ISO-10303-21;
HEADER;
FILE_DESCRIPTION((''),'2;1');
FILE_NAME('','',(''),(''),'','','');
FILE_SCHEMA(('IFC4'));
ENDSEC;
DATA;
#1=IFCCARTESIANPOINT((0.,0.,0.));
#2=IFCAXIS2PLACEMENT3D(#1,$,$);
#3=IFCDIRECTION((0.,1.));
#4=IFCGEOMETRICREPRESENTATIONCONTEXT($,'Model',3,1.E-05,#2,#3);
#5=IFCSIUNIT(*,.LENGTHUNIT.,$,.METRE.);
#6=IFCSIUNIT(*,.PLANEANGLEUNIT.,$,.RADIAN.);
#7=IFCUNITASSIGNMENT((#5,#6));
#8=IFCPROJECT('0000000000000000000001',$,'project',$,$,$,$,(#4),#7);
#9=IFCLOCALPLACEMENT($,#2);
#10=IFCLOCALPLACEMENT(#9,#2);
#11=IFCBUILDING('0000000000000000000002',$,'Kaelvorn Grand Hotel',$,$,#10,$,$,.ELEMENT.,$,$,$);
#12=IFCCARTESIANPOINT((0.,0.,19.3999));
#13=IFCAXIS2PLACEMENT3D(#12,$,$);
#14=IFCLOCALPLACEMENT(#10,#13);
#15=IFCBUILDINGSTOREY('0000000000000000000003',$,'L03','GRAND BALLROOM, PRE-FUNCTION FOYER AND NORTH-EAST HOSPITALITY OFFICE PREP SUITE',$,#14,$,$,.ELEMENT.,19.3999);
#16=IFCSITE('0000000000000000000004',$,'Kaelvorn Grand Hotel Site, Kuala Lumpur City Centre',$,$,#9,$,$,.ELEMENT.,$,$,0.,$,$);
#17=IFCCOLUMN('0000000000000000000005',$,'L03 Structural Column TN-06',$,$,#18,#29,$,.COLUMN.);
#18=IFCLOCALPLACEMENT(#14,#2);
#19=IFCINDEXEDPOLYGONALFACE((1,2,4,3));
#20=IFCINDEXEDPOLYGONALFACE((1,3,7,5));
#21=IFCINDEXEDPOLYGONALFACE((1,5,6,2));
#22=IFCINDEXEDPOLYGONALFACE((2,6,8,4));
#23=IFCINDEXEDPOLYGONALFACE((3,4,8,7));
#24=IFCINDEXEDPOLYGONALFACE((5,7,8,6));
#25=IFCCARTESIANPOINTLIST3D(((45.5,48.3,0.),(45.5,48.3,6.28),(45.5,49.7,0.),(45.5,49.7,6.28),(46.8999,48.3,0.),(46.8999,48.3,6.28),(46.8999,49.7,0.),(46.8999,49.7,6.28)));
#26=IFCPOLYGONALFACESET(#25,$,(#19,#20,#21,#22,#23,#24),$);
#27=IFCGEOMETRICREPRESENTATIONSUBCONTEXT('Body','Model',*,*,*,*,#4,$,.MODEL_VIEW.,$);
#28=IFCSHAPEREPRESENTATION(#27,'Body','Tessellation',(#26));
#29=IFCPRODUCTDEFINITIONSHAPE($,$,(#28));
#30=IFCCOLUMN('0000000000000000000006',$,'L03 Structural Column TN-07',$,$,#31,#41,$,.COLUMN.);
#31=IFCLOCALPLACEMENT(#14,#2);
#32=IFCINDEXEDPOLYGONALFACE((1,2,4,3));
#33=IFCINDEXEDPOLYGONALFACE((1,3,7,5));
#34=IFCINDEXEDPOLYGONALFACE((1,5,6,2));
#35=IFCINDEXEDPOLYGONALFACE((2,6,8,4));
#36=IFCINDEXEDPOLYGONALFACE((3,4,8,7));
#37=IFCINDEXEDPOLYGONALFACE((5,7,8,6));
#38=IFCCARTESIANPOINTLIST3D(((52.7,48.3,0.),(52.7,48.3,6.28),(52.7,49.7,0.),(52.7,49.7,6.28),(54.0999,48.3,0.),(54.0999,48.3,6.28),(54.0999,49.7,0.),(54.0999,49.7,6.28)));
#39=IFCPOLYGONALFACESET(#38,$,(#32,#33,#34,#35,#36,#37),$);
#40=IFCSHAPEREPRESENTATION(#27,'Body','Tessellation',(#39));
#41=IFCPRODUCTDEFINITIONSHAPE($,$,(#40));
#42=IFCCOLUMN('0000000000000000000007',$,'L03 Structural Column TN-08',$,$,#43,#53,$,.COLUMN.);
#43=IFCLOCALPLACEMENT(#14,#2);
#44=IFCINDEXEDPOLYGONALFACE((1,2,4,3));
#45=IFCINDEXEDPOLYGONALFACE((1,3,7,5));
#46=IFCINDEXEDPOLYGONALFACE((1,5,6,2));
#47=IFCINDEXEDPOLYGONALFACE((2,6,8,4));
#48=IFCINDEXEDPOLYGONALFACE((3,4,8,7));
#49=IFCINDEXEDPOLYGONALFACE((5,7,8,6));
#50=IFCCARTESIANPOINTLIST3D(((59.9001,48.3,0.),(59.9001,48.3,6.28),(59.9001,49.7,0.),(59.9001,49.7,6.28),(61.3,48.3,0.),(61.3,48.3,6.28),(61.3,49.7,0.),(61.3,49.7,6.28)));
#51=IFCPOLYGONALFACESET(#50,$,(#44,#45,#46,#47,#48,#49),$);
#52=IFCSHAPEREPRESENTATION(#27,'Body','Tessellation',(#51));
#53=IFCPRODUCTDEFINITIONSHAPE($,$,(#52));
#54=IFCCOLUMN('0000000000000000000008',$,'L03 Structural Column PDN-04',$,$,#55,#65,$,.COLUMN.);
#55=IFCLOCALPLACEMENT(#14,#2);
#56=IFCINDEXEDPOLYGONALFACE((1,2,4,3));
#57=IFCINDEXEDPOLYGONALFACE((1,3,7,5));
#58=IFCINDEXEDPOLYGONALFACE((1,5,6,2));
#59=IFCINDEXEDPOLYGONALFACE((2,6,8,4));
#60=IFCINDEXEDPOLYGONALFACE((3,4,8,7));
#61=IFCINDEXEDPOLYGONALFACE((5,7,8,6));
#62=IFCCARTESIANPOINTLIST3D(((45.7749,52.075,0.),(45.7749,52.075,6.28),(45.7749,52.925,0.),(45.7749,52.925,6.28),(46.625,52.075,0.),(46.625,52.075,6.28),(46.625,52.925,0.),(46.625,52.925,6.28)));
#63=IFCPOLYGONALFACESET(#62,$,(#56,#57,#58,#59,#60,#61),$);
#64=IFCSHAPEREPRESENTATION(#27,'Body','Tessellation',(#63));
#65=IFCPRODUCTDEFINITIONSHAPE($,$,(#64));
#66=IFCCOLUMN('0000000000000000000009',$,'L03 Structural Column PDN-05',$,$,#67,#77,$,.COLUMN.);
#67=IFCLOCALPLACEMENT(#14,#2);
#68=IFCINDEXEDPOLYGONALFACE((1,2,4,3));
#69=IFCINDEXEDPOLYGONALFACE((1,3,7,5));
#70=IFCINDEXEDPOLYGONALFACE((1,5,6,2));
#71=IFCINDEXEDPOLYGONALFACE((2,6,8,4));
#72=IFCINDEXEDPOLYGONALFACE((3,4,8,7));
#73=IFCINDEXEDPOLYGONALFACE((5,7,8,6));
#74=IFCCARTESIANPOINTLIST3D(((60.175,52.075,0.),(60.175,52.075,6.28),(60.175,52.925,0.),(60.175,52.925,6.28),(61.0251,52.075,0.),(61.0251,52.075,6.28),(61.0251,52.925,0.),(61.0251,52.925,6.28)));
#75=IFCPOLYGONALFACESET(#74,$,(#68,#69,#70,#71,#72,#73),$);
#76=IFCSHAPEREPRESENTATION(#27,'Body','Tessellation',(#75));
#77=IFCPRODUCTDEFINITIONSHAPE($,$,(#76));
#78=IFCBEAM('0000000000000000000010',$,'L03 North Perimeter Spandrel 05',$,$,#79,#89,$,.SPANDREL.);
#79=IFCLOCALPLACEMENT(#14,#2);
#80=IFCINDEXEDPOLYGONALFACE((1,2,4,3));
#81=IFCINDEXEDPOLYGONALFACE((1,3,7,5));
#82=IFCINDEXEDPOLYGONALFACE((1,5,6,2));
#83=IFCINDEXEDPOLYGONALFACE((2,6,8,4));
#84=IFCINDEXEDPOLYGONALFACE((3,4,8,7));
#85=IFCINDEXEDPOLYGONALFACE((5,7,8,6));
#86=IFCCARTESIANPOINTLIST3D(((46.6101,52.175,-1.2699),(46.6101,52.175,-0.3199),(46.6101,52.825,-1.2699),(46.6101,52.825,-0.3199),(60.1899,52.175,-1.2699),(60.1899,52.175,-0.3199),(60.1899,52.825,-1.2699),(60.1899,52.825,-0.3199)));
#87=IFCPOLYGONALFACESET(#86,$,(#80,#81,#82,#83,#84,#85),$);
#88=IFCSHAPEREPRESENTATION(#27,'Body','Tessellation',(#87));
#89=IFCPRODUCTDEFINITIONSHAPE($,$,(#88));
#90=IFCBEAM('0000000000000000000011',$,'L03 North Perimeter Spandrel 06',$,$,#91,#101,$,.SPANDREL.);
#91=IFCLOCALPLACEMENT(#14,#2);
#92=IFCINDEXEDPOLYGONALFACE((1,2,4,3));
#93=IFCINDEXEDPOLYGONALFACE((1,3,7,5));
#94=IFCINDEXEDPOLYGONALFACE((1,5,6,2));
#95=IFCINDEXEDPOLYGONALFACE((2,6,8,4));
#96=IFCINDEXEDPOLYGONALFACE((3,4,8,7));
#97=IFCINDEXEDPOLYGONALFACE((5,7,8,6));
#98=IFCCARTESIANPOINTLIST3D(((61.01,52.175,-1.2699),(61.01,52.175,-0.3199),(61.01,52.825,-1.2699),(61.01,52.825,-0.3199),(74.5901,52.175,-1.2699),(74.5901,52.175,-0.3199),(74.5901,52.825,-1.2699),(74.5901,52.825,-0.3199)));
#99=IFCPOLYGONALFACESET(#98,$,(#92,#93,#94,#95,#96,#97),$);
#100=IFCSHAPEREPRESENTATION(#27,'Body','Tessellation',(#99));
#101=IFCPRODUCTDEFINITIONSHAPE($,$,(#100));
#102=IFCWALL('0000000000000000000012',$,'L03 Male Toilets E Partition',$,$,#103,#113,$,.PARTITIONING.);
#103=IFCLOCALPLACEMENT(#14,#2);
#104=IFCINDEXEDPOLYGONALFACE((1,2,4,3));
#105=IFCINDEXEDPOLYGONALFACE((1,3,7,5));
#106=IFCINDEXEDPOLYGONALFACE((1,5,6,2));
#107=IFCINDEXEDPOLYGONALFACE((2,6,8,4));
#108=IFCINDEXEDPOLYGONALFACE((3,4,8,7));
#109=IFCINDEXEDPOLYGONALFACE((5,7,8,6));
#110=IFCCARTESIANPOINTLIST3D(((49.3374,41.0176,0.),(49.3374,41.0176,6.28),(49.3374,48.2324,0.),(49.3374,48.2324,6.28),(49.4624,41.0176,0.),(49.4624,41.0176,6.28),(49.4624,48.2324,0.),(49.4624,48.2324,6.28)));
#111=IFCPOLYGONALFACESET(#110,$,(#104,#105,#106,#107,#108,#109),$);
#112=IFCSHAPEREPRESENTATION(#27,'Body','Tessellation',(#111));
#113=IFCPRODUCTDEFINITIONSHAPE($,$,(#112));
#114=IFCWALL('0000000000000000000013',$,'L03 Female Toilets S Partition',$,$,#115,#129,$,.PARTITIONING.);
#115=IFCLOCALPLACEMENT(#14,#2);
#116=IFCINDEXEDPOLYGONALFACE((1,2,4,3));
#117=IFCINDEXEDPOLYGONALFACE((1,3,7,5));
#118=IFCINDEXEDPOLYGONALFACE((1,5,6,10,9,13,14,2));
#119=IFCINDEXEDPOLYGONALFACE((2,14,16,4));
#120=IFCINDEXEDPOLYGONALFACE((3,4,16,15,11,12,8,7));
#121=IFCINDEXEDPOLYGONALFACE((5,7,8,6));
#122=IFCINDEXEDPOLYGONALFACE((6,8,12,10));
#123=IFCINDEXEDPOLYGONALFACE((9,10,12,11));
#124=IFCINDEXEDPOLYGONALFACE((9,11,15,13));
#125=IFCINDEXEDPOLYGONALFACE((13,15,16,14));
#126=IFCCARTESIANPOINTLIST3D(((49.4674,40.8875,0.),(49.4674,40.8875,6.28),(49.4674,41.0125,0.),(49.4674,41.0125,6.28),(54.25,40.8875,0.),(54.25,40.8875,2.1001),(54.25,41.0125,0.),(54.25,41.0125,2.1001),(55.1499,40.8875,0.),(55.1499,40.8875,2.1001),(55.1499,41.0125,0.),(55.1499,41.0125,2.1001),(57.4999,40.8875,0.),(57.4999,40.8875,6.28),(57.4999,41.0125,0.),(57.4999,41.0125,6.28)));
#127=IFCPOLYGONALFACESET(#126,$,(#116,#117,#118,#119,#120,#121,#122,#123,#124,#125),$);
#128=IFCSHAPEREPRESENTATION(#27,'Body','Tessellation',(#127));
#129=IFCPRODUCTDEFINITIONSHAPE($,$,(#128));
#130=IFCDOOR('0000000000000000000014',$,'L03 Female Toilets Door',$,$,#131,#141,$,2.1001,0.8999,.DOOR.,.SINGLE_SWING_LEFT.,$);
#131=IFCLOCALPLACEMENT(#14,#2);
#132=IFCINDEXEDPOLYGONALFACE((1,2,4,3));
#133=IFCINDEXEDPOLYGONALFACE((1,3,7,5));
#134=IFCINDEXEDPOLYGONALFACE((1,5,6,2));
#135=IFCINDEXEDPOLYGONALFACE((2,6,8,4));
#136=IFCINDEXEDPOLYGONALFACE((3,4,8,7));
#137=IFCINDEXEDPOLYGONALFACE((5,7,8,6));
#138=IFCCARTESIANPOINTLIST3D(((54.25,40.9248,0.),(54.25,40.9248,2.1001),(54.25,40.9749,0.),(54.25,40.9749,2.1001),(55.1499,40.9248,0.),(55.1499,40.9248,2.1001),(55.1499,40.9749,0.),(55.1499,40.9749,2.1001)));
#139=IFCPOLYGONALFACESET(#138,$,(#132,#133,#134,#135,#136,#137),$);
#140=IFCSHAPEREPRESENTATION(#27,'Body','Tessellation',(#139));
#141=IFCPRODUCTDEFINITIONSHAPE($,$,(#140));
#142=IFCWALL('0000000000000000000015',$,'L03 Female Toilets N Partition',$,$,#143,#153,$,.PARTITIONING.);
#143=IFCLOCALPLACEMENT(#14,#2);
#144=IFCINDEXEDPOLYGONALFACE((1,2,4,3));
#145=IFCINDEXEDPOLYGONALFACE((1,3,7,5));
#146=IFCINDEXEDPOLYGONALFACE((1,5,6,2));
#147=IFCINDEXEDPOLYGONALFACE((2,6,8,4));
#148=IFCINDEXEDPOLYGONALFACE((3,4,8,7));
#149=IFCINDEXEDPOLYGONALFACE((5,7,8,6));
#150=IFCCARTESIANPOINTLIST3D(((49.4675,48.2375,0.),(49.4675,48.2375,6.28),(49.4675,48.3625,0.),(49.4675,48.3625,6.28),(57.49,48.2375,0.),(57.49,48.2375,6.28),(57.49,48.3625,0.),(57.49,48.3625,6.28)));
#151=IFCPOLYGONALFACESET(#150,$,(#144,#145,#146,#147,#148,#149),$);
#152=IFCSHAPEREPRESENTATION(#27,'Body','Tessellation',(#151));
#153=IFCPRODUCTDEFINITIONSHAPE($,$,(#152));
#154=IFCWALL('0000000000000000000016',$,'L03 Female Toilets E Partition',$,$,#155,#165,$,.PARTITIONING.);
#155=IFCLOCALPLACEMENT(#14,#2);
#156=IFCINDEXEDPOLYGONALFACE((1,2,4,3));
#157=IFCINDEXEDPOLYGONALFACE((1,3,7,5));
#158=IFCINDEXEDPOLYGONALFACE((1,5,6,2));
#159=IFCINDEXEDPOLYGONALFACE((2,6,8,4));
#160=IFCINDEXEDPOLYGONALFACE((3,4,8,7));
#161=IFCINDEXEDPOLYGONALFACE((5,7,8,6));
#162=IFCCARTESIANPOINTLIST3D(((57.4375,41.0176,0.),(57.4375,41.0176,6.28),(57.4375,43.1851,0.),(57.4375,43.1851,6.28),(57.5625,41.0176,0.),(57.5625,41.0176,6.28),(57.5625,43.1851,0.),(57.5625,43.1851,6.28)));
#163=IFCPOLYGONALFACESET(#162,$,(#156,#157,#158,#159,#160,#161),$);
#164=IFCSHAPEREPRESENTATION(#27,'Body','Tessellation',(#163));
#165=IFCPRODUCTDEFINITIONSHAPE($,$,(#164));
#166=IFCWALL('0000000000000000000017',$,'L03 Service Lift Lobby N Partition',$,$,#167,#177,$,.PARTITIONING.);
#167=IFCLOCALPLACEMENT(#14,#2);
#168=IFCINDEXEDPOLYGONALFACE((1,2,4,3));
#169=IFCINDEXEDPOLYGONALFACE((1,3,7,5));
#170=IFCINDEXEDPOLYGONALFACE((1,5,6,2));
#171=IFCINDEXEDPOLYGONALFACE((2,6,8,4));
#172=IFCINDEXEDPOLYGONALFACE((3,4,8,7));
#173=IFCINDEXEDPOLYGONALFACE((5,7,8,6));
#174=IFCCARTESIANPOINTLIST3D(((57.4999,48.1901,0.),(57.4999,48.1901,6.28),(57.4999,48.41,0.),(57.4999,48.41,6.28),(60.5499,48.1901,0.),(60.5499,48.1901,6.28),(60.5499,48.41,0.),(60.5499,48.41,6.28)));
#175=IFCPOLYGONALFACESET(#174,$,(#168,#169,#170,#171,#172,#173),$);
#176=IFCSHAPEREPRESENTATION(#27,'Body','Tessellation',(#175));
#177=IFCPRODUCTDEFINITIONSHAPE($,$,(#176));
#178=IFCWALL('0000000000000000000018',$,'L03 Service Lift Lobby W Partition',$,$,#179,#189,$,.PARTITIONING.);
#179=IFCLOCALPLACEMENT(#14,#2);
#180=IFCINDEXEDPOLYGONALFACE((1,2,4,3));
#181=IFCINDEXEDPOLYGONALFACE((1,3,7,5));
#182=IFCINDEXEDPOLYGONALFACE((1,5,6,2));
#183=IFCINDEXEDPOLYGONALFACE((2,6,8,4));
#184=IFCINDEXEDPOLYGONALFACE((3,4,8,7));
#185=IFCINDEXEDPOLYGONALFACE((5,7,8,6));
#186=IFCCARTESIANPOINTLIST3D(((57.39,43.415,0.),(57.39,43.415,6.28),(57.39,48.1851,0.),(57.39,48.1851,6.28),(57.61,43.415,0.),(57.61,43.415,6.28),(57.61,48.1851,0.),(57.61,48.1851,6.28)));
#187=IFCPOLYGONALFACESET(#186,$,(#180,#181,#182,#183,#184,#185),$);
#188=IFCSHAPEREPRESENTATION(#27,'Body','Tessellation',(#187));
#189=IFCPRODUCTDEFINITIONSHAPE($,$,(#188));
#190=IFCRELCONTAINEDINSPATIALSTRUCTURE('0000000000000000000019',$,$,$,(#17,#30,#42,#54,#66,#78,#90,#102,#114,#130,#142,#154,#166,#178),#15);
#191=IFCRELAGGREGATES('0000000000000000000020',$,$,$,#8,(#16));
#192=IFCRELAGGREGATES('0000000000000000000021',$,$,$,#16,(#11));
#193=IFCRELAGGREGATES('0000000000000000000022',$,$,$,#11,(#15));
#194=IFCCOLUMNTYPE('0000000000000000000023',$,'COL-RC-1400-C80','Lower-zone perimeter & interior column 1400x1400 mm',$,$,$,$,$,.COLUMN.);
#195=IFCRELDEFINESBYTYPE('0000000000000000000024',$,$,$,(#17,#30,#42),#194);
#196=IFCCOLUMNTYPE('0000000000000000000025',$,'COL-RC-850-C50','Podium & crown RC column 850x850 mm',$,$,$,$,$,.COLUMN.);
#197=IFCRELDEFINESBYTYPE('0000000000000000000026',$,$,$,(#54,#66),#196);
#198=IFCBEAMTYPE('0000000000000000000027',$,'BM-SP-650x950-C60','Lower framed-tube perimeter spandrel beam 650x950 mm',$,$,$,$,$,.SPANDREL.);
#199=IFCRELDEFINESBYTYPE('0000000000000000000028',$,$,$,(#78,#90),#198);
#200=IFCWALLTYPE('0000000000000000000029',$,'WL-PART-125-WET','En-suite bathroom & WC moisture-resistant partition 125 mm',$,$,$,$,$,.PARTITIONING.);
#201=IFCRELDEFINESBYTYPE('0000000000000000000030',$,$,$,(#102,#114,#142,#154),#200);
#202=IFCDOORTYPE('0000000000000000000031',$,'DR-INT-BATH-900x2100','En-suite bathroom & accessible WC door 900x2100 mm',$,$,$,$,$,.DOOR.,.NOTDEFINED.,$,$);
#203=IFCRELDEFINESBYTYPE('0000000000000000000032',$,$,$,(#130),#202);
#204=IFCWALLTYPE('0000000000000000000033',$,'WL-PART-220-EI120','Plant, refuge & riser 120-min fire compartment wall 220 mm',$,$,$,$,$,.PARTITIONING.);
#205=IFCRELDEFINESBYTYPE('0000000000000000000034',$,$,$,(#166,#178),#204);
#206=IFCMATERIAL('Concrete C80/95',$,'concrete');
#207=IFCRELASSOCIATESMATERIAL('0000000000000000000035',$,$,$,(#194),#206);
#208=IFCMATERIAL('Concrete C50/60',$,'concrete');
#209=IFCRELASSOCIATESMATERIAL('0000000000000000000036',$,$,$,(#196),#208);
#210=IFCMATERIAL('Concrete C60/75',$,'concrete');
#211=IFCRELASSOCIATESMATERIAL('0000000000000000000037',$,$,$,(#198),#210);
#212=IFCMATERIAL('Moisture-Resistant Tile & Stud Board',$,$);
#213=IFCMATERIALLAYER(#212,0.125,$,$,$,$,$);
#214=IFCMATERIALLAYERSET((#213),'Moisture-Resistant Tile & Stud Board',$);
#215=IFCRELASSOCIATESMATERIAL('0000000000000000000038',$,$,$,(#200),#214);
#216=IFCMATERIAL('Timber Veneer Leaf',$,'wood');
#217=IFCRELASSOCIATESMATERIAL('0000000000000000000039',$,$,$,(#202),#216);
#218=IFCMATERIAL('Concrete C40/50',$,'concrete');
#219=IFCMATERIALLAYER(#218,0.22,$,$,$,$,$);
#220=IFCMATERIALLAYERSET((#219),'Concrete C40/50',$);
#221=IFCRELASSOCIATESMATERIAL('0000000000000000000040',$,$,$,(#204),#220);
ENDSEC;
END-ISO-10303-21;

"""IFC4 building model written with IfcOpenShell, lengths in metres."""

from ifc_helpers import new_model, si_unit, direction, frame, frame_2d, origin, origin_2d, place, context, subcontext, project, spatial, rectangle, extrude, material, layer, layer_set, material_profile, profile_set, type_object, element, fill, save


model = new_model("IFC4")

# Units and contexts
model_context = context("Model", 3, precision=1e-05, world=origin(), true_north=direction((0.0, 1.0)))
body_context = subcontext(model_context, "Body", "Model", "MODEL_VIEW")
ifc_project = project(units=[si_unit("LENGTHUNIT", "METRE"), si_unit("PLANEANGLEUNIT", "RADIAN")], contexts=[model_context])

# Site, building, storey
site_placement = place(None, origin())
site = spatial("IfcSite", under=ifc_project, at=site_placement, Name="Kaelvorn Grand Hotel Site, Kuala Lumpur City Centre", CompositionType="ELEMENT", RefElevation=0.0)
building_placement = place(site_placement, origin())
building = spatial("IfcBuilding", under=site, at=building_placement, Name="Kaelvorn Grand Hotel", CompositionType="ELEMENT")
storey_placement = place(building_placement, frame((0.0, 0.0, 19.3999)))
storey = spatial("IfcBuildingStorey", under=building, at=storey_placement, Name="L03", Description="GRAND BALLROOM, PRE-FUNCTION FOYER AND NORTH-EAST HOSPITALITY OFFICE PREP SUITE", CompositionType="ELEMENT", Elevation=19.3999)

# Columns
ifc_material_1 = material(Name="Concrete C80/95", Category="concrete")
ifc_material_profile_1 = material_profile(ifc_material_1, rectangle(XDim=1.3999, YDim=1.3999, at=origin_2d()), Name="RC COL 1400x1400")
ifc_profile_set_1 = profile_set([ifc_material_profile_1], Name="Concrete C80/95")
column_type_1 = type_object("IfcColumnType", Name="COL-RC-1400-C80", Description="Lower-zone perimeter & interior column 1400x1400 mm", PredefinedType="COLUMN", material=ifc_profile_set_1)
for number, where, z_axis, x_axis, name in (
    (1, (46.2, 49.0, 0.0), (0.0, 0.0, 1.0), (1.0, 0.0, 0.0), "L03 Structural Column TN-06"),
    (2, (53.3999, 49.0, 0.0), (0.0, 0.0, 1.0), (1.0, 0.0, 0.0), "L03 Structural Column TN-07"),
    (3, (60.6001, 49.0, 0.0), (0.0, 0.0, 1.0), (1.0, 0.0, 0.0), "L03 Structural Column TN-08"),
):
    element("IfcColumn", number, at=place(storey_placement, frame(where, z_axis=z_axis, x_axis=x_axis)), inside=storey, type_object=column_type_1, Name=name, PredefinedType="COLUMN", context=body_context, shape_type="SweptSolid", body=[
        extrude(rectangle(XDim=1.3999, YDim=1.3999, at=origin_2d()), origin(), (0.0, 0.0, 1.0), 6.28),
    ])
ifc_material_2 = material(Name="Concrete C50/60", Category="concrete")
ifc_material_profile_2 = material_profile(ifc_material_2, rectangle(XDim=0.8501, YDim=0.8501, at=origin_2d()), Name="RC COL 850x850")
ifc_profile_set_2 = profile_set([ifc_material_profile_2], Name="Concrete C50/60")
column_type_2 = type_object("IfcColumnType", Name="COL-RC-850-C50", Description="Podium & crown RC column 850x850 mm", PredefinedType="COLUMN", material=ifc_profile_set_2)
for number, where, z_axis, x_axis, name in (
    (4, (46.2, 52.5, 0.0), (0.0, 0.0, 1.0), (1.0, 0.0, 0.0), "L03 Structural Column PDN-04"),
    (5, (60.6001, 52.5, 0.0), (0.0, 0.0, 1.0), (1.0, 0.0, 0.0), "L03 Structural Column PDN-05"),
):
    element("IfcColumn", number, at=place(storey_placement, frame(where, z_axis=z_axis, x_axis=x_axis)), inside=storey, type_object=column_type_2, Name=name, PredefinedType="COLUMN", context=body_context, shape_type="SweptSolid", body=[
        extrude(rectangle(XDim=0.8501, YDim=0.8501, at=origin_2d()), origin(), (0.0, 0.0, 1.0), 6.28),
    ])

# Beams
ifc_material_3 = material(Name="Concrete C60/75", Category="concrete")
ifc_material_profile_3 = material_profile(ifc_material_3, rectangle(XDim=0.6499, YDim=0.95, at=origin_2d()), Name="RC SPANDREL 650x950")
ifc_profile_set_3 = profile_set([ifc_material_profile_3], Name="Concrete C60/75")
beam_type = type_object("IfcBeamType", Name="BM-SP-650x950-C60", Description="Lower framed-tube perimeter spandrel beam 650x950 mm", PredefinedType="SPANDREL", material=ifc_profile_set_3)
beam_1_placement = place(storey_placement, frame((46.6101, 52.5, -0.7949), z_axis=(1.0, 0.0, 0.0), x_axis=(0.0, 1.0, 0.0)))
element("IfcBeam", 6, at=beam_1_placement, inside=storey, type_object=beam_type, Name="L03 North Perimeter Spandrel 05", PredefinedType="SPANDREL", context=body_context, shape_type="SweptSolid", body=[
    extrude(rectangle(XDim=0.6499, YDim=0.95, at=origin_2d()), origin(), (0.0, 0.0, 1.0), 13.5798),
])
beam_2_placement = place(storey_placement, frame((61.01, 52.5, -0.7949), z_axis=(1.0, 0.0, 0.0), x_axis=(0.0, 1.0, 0.0)))
element("IfcBeam", 7, at=beam_2_placement, inside=storey, type_object=beam_type, Name="L03 North Perimeter Spandrel 06", PredefinedType="SPANDREL", context=body_context, shape_type="SweptSolid", body=[
    extrude(rectangle(XDim=0.6499, YDim=0.95, at=origin_2d()), origin(), (0.0, 0.0, 1.0), 13.5801),
])

# Wall
ifc_material_4 = material(Name="Moisture-Resistant Tile & Stud Board")
ifc_layer_1 = layer(ifc_material_4, 0.125)
ifc_layer_set_1 = layer_set([ifc_layer_1], Name="Moisture-Resistant Tile & Stud Board")
wall_type_1 = type_object("IfcWallType", Name="WL-PART-125-WET", Description="En-suite bathroom & WC moisture-resistant partition 125 mm", PredefinedType="PARTITIONING", material=ifc_layer_set_1)
wall_1_placement = place(storey_placement, frame((49.3999, 41.0176, 0.0), z_axis=(0.0, 0.0, 1.0), x_axis=(0.0, 1.0, 0.0)))
element("IfcWall", 8, at=wall_1_placement, inside=storey, type_object=wall_type_1, Name="L03 Male Toilets E Partition", PredefinedType="PARTITIONING", context=body_context, shape_type="SweptSolid", body=[
    extrude(rectangle(XDim=7.2148, YDim=0.125, at=frame_2d((3.6074, 0.0))), origin(), (0.0, 0.0, 1.0), 6.28),
])

# Wall, opening, door
wall_2_placement = place(storey_placement, frame((49.4675, 40.95, 0.0), z_axis=(0.0, 0.0, 1.0), x_axis=(1.0, 0.0, 0.0)))
wall_2 = element("IfcWall", 9, at=wall_2_placement, inside=storey, type_object=wall_type_1, Name="L03 Female Toilets S Partition", PredefinedType="PARTITIONING", context=body_context, shape_type="SweptSolid", body=[
    extrude(rectangle(XDim=8.0325, YDim=0.125, at=frame_2d((4.0161, 0.0))), origin(), (0.0, 0.0, 1.0), 6.28),
])
opening_1_placement = place(wall_2_placement, frame((4.7825, 0.0, 0.0)))
opening_1 = element("IfcOpeningElement", 10, at=opening_1_placement, cuts=wall_2, PredefinedType="OPENING", context=body_context, shape_type="SweptSolid", body=[
    extrude(rectangle(XDim=0.8999, YDim=2.1001, at=frame_2d((0.45, 1.05))), frame((0.0, 0.0725, 0.0), z_axis=(0.0, -1.0, 0.0), x_axis=(1.0, 0.0, 0.0)), (0.0, 0.0, 1.0), 0.145),
])
ifc_material_5 = material(Name="Timber Veneer Leaf", Category="wood")
door_type_1 = type_object("IfcDoorType", Name="DR-INT-BATH-900x2100", Description="En-suite bathroom & accessible WC door 900x2100 mm", OperationType="NOTDEFINED", PredefinedType="DOOR", material=ifc_material_5)
door_1_placement = place(opening_1_placement, origin())
door_1 = element("IfcDoor", 11, at=door_1_placement, inside=storey, type_object=door_type_1, Name="L03 Female Toilets Door", OperationType="SINGLE_SWING_LEFT", OverallHeight=2.1001, OverallWidth=0.8999, PredefinedType="DOOR", context=body_context, shape_type="SweptSolid", body=[
    extrude(rectangle(XDim=0.8999, YDim=2.1001, at=frame_2d((0.45, 1.05))), frame((0.0, 0.0249, 0.0), z_axis=(0.0, -1.0, 0.0), x_axis=(1.0, 0.0, 0.0)), (0.0, 0.0, 1.0), 0.05),
])
fill(opening_1, door_1)

# Walls
wall_3_placement = place(storey_placement, frame((49.4675, 48.3, 0.0), z_axis=(0.0, 0.0, 1.0), x_axis=(1.0, 0.0, 0.0)))
element("IfcWall", 12, at=wall_3_placement, inside=storey, type_object=wall_type_1, Name="L03 Female Toilets N Partition", PredefinedType="PARTITIONING", context=body_context, shape_type="SweptSolid", body=[
    extrude(rectangle(XDim=8.0225, YDim=0.125, at=frame_2d((4.0112, 0.0))), origin(), (0.0, 0.0, 1.0), 6.28),
])
wall_4_placement = place(storey_placement, frame((57.5, 41.0176, 0.0), z_axis=(0.0, 0.0, 1.0), x_axis=(0.0, 1.0, 0.0)))
element("IfcWall", 13, at=wall_4_placement, inside=storey, type_object=wall_type_1, Name="L03 Female Toilets E Partition", PredefinedType="PARTITIONING", context=body_context, shape_type="SweptSolid", body=[
    extrude(rectangle(XDim=2.1675, YDim=0.125, at=frame_2d((1.0837, 0.0))), origin(), (0.0, 0.0, 1.0), 6.28),
])

# Shared definitions
ifc_material_6 = material(Name="Concrete C40/50", Category="concrete")
ifc_layer_2 = layer(ifc_material_6, 0.22)
ifc_layer_set_2 = layer_set([ifc_layer_2], Name="Concrete C40/50")
wall_type_2 = type_object("IfcWallType", Name="WL-PART-220-EI120", Description="Plant, refuge & riser 120-min fire compartment wall 220 mm", PredefinedType="PARTITIONING", material=ifc_layer_set_2)

# Walls
wall_5_placement = place(storey_placement, frame((57.5, 48.3, 0.0), z_axis=(0.0, 0.0, 1.0), x_axis=(1.0, 0.0, 0.0)))
element("IfcWall", 14, at=wall_5_placement, inside=storey, type_object=wall_type_2, Name="L03 Service Lift Lobby N Partition", PredefinedType="PARTITIONING", context=body_context, shape_type="SweptSolid", body=[
    extrude(rectangle(XDim=3.05, YDim=0.22, at=frame_2d((1.5249, 0.0))), origin(), (0.0, 0.0, 1.0), 6.28),
])
wall_6_placement = place(storey_placement, frame((57.5, 43.415, 0.0), z_axis=(0.0, 0.0, 1.0), x_axis=(0.0, 1.0, 0.0)))
element("IfcWall", 15, at=wall_6_placement, inside=storey, type_object=wall_type_2, Name="L03 Service Lift Lobby W Partition", PredefinedType="PARTITIONING", context=body_context, shape_type="SweptSolid", body=[
    extrude(rectangle(XDim=4.77, YDim=0.22, at=frame_2d((2.385, 0.0))), origin(), (0.0, 0.0, 1.0), 6.28),
])

save(model, "model.ifc")
